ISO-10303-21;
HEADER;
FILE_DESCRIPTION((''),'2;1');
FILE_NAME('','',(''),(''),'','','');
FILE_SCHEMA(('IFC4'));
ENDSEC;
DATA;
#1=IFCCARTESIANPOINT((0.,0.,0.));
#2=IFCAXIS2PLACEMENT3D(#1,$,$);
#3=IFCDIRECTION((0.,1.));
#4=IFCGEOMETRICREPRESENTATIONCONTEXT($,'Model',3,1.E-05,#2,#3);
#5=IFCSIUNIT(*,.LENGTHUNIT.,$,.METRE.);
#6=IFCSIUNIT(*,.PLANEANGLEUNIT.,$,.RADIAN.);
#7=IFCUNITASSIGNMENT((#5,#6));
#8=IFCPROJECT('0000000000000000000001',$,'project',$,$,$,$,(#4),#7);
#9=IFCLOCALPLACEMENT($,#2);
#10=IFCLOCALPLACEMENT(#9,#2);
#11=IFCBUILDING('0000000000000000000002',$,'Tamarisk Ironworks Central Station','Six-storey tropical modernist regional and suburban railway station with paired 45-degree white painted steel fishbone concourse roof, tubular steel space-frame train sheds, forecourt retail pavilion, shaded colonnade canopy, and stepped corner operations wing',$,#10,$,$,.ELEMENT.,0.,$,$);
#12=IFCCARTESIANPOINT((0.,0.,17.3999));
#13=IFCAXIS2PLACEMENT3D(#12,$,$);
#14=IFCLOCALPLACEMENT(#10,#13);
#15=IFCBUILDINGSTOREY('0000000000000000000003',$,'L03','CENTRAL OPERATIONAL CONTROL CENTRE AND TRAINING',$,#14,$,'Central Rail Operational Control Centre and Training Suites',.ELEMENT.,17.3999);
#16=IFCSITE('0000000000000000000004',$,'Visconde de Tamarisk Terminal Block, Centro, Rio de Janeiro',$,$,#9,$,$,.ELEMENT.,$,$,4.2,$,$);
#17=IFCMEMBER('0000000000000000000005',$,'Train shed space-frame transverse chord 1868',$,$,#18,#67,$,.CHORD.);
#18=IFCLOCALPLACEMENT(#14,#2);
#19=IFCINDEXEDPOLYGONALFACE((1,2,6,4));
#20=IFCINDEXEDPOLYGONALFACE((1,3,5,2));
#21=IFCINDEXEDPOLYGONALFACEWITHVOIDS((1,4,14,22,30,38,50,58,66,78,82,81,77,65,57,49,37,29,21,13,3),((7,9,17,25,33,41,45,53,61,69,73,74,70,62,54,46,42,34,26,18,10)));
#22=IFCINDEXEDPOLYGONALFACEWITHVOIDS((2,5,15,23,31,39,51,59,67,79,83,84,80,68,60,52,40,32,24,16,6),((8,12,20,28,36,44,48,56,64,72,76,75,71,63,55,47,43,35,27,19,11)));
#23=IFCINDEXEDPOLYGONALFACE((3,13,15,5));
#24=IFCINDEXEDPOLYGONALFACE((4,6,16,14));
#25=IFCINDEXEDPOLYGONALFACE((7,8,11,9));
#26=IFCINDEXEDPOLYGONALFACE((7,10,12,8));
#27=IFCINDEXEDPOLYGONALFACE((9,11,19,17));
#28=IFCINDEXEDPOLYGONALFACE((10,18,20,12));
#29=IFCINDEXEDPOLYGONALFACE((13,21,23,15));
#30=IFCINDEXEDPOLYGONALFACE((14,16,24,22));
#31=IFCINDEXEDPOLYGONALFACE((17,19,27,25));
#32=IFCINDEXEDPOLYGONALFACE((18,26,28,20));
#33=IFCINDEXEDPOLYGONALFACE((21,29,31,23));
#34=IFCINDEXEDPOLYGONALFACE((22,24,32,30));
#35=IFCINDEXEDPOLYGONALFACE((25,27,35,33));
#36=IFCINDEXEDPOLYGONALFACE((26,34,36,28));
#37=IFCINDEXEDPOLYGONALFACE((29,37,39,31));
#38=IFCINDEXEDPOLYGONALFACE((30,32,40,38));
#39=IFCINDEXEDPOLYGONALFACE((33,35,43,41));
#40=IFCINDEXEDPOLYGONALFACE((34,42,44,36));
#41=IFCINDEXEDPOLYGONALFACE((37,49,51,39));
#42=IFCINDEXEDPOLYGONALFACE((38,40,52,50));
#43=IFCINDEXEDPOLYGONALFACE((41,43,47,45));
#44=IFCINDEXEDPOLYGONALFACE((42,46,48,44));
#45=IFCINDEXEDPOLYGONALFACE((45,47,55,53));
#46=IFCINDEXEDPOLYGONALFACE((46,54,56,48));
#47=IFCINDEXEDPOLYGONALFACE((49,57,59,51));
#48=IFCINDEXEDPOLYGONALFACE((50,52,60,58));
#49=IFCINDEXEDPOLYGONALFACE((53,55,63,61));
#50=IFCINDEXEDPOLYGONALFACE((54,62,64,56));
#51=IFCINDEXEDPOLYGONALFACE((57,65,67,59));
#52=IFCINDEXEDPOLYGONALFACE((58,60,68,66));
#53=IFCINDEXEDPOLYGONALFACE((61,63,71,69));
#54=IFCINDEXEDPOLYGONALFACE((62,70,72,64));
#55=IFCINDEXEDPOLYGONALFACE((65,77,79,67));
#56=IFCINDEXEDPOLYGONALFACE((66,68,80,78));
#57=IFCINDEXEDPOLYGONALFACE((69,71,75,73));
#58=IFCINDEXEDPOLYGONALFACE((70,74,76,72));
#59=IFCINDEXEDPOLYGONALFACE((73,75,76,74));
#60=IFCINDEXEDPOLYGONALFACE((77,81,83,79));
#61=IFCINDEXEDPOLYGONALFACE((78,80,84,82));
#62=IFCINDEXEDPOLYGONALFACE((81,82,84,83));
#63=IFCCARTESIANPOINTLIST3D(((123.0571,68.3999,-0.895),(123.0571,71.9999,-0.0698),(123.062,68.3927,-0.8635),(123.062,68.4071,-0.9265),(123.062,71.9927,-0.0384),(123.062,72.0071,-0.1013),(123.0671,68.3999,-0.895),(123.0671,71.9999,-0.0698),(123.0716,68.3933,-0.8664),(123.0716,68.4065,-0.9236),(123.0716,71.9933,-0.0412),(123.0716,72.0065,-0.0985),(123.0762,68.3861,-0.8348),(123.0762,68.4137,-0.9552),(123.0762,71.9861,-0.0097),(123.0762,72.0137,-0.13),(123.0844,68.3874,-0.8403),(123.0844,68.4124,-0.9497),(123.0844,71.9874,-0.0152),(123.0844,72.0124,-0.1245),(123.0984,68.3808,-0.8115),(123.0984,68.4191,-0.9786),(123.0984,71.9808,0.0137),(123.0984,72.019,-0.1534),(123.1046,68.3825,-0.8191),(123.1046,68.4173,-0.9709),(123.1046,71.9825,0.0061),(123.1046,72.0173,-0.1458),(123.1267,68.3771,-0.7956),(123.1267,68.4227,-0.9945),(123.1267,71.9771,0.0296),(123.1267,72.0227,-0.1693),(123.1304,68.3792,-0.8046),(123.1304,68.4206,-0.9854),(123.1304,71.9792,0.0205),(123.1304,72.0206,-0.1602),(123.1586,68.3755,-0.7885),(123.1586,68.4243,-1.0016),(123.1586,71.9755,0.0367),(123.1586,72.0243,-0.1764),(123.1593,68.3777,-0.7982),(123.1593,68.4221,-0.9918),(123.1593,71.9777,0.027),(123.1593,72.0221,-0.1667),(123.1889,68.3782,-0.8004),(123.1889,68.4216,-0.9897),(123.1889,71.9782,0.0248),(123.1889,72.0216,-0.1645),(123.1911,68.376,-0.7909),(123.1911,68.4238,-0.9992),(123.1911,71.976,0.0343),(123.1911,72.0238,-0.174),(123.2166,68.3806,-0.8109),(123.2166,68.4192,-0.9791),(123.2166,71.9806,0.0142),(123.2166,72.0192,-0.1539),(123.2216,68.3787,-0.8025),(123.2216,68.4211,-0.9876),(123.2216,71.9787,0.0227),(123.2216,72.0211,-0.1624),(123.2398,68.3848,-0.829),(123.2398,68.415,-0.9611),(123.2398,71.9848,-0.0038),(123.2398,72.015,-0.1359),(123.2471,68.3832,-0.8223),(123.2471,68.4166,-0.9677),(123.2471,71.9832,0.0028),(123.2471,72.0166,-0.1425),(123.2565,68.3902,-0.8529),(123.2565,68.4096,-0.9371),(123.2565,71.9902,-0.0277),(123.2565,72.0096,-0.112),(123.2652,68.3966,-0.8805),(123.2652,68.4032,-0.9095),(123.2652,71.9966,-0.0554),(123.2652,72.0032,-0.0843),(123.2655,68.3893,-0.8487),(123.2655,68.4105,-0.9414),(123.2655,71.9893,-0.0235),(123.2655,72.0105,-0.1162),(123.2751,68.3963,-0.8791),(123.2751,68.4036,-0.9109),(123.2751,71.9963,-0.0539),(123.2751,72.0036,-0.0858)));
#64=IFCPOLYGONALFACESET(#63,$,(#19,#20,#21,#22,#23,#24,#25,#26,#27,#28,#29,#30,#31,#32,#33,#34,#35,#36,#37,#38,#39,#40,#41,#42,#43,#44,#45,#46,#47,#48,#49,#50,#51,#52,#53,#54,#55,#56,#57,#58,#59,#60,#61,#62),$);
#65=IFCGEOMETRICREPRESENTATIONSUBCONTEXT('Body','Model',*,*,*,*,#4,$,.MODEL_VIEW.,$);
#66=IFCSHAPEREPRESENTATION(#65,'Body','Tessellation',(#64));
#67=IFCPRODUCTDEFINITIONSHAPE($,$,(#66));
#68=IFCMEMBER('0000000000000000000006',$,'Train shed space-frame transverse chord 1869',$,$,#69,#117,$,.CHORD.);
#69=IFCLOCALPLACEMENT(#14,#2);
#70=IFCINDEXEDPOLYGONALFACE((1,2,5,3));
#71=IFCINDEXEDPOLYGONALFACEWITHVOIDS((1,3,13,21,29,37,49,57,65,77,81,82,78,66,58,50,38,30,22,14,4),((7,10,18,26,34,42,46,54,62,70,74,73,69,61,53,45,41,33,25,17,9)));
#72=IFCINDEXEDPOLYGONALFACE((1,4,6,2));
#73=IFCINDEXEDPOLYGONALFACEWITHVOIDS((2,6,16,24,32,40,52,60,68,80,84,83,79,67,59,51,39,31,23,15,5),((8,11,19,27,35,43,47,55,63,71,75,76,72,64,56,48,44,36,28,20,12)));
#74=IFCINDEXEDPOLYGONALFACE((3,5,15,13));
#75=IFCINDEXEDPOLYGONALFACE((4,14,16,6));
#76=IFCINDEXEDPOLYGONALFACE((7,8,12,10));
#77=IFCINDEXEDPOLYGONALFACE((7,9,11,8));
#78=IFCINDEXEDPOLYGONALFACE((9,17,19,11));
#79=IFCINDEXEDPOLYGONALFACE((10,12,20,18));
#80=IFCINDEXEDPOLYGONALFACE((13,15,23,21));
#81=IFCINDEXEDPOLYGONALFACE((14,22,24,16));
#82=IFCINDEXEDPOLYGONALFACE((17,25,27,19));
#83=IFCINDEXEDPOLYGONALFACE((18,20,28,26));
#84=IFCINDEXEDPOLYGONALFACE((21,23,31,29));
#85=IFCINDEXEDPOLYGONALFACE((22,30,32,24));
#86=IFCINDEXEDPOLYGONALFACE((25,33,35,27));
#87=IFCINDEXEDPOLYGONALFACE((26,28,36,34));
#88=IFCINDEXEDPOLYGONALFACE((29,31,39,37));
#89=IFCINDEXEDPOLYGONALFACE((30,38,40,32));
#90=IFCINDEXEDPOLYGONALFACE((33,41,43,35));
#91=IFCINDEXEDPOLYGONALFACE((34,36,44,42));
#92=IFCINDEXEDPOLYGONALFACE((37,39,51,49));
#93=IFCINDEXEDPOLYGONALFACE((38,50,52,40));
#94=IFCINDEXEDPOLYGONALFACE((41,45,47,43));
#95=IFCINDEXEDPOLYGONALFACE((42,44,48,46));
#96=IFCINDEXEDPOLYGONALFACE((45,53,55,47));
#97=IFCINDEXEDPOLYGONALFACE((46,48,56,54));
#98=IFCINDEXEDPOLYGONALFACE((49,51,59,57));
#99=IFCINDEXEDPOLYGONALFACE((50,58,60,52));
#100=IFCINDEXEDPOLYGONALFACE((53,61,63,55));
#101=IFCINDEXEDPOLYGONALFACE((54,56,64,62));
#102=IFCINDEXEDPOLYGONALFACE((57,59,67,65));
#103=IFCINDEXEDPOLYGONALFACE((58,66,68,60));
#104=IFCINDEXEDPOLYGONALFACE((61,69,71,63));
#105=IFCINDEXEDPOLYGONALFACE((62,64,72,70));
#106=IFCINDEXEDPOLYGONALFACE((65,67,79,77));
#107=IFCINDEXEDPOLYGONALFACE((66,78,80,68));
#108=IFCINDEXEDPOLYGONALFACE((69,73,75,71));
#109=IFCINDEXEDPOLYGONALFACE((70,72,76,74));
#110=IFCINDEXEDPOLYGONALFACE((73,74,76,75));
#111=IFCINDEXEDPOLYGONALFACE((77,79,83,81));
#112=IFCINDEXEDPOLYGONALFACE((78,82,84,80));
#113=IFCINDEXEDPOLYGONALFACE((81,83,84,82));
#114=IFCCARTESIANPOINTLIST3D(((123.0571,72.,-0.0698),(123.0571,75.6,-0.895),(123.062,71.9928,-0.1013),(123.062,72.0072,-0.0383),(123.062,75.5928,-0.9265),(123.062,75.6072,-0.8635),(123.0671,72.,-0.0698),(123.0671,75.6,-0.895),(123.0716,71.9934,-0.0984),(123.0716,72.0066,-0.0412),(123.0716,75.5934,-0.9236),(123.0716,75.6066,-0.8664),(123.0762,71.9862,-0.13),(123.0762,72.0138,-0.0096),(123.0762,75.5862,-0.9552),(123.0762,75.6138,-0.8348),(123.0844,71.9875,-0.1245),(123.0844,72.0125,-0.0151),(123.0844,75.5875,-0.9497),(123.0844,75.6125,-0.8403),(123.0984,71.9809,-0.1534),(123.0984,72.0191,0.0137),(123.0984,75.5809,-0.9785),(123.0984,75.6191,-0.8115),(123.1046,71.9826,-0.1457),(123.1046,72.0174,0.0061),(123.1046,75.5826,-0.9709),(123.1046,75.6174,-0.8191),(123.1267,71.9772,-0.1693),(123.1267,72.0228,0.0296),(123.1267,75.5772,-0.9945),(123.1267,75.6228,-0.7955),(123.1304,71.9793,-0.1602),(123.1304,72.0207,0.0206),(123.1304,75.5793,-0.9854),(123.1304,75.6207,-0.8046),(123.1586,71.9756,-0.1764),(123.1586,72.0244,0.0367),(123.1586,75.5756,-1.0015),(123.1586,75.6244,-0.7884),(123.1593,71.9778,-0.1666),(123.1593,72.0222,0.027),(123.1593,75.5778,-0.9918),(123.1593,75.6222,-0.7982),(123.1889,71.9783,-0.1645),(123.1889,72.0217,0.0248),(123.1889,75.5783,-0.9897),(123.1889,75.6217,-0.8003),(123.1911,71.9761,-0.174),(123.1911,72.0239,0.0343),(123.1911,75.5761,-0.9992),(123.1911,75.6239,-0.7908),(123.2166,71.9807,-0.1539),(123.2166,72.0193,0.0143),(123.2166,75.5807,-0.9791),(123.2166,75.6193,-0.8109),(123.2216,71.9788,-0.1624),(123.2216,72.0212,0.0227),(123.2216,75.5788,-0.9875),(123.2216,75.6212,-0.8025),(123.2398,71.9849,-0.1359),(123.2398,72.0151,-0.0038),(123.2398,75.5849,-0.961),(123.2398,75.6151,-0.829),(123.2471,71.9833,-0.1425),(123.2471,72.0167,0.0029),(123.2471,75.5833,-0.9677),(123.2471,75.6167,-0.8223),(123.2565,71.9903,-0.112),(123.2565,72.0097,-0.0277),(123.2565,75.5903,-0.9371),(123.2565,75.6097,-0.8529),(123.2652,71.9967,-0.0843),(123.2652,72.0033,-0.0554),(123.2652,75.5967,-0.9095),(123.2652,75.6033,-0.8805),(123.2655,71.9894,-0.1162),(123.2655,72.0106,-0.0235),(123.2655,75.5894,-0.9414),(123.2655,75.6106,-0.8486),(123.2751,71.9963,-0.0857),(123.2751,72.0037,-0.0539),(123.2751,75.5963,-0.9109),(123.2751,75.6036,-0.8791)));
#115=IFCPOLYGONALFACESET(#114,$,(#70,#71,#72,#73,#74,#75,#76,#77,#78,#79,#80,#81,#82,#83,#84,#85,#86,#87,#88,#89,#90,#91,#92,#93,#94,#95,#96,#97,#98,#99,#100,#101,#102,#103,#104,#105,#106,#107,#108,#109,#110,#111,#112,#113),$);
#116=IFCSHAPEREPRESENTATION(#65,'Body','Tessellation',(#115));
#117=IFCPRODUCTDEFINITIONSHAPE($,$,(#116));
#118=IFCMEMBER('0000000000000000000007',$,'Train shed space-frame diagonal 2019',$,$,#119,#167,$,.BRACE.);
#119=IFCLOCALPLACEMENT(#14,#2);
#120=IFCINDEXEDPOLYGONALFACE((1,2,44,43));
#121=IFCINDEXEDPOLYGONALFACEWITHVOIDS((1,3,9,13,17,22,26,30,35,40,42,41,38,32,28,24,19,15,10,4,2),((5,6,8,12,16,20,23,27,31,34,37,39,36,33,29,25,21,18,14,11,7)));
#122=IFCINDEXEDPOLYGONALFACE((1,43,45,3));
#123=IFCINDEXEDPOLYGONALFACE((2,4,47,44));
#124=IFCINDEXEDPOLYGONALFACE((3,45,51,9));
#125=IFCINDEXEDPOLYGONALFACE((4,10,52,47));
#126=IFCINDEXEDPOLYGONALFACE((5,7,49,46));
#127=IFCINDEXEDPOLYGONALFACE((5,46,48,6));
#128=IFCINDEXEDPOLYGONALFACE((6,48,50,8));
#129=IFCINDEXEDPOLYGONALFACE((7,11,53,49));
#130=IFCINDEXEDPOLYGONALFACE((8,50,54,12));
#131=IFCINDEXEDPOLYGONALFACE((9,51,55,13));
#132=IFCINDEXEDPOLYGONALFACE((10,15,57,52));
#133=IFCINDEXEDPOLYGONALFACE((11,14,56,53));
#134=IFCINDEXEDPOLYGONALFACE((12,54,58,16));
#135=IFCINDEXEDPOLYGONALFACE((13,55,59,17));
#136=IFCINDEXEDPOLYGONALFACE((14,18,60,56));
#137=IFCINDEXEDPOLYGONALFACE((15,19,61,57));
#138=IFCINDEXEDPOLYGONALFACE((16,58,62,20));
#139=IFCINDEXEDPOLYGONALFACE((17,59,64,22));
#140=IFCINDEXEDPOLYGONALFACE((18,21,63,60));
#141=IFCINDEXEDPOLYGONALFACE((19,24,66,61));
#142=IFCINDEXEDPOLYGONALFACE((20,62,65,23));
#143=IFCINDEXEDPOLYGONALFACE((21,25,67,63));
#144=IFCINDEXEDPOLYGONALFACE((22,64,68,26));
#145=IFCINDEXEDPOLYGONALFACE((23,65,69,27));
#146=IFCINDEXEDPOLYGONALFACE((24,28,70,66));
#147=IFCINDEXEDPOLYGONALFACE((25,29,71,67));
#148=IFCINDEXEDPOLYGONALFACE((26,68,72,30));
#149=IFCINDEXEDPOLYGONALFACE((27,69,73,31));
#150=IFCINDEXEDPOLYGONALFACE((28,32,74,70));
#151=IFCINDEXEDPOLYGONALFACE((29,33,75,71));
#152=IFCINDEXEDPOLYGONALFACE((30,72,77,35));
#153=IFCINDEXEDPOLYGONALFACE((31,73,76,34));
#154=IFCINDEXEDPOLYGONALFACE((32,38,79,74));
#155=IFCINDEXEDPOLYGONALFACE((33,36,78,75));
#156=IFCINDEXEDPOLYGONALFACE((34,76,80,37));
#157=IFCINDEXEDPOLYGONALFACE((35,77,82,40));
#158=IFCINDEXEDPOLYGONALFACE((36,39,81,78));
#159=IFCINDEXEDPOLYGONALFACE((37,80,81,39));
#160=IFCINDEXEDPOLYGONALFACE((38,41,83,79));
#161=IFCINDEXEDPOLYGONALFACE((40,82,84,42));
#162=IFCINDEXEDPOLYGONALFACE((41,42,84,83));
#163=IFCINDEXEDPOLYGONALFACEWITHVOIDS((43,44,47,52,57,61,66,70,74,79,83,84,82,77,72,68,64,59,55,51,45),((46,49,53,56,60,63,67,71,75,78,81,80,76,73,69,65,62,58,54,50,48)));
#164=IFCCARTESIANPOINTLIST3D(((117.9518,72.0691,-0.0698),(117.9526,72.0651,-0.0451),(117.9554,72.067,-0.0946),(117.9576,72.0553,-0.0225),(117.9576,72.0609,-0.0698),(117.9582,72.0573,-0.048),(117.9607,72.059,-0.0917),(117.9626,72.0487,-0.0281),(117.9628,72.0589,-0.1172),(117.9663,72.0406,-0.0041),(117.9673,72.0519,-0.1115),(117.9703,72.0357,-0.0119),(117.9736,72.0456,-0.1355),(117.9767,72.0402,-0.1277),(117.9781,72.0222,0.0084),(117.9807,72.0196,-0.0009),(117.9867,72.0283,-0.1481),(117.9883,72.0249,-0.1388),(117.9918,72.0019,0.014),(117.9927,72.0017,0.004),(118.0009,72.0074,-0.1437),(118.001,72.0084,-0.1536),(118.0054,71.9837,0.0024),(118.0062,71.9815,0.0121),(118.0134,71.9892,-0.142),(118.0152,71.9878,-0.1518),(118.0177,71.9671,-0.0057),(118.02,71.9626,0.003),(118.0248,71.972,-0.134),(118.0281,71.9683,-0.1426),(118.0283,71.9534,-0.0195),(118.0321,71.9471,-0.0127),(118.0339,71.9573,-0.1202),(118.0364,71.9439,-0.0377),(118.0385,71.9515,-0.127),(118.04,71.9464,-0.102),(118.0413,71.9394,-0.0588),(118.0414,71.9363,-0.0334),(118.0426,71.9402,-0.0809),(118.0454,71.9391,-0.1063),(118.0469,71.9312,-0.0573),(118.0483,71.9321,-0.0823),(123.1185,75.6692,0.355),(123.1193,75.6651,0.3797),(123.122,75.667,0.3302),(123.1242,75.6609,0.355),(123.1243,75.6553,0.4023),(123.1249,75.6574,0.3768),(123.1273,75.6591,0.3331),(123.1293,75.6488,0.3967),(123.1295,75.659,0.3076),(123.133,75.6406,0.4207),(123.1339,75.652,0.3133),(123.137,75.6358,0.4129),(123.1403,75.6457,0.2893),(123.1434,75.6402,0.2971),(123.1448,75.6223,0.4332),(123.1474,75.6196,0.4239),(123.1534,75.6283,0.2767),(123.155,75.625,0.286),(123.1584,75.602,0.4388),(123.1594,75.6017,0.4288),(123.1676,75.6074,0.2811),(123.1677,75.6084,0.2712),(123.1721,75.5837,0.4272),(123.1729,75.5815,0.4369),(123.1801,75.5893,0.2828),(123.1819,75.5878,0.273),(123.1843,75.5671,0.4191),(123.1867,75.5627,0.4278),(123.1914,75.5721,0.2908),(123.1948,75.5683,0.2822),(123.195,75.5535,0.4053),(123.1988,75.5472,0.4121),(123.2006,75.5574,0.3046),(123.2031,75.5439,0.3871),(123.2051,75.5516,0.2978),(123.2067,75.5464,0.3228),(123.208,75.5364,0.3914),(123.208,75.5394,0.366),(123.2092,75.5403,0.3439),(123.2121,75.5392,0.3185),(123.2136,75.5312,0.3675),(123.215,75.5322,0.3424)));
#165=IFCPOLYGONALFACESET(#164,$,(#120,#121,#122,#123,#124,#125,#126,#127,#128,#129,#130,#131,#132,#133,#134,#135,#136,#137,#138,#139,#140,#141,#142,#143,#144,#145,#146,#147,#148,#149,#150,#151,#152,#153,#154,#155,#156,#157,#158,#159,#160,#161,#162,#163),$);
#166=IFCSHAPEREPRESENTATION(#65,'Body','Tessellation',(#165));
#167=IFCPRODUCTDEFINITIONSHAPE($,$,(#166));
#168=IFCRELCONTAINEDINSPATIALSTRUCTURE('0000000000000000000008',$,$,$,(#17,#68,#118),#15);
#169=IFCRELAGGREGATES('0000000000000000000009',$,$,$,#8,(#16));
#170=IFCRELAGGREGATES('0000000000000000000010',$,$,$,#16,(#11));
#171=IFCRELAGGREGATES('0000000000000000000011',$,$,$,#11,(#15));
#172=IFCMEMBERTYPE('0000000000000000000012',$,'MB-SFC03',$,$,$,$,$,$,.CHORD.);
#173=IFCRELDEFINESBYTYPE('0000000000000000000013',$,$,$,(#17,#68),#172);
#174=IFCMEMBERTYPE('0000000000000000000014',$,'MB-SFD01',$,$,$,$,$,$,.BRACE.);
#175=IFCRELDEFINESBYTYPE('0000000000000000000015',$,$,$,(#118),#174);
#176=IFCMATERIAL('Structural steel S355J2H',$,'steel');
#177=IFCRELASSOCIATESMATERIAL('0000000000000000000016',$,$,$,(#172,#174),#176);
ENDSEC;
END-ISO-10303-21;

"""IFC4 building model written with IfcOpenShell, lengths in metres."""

from ifc_helpers import new_model, si_unit, direction, frame, origin, origin_2d, place, context, subcontext, project, spatial, hollow_circle, extrude, material, material_profile, profile_set, type_object, element, save


model = new_model("IFC4")

# Units and contexts
model_context = context("Model", 3, precision=1e-05, world=origin(), true_north=direction((0.0, 1.0)))
body_context = subcontext(model_context, "Body", "Model", "MODEL_VIEW")
ifc_project = project(units=[si_unit("LENGTHUNIT", "METRE"), si_unit("PLANEANGLEUNIT", "RADIAN")], contexts=[model_context])

# Site, building, storey
site_placement = place(None, origin())
site = spatial("IfcSite", under=ifc_project, at=site_placement, Name="Visconde de Tamarisk Terminal Block, Centro, Rio de Janeiro", CompositionType="ELEMENT", RefElevation=4.2)
building_placement = place(site_placement, origin())
building = spatial("IfcBuilding", under=site, at=building_placement, Name="Tamarisk Ironworks Central Station", Description="Six-storey tropical modernist regional and suburban railway station with paired 45-degree white painted steel fishbone concourse roof, tubular steel space-frame train sheds, forecourt retail pavilion, shaded colonnade canopy, and stepped corner operations wing", CompositionType="ELEMENT", ElevationOfRefHeight=0.0)
storey_placement = place(building_placement, frame((0.0, 0.0, 17.3999)))
storey = spatial("IfcBuildingStorey", under=building, at=storey_placement, Name="L03", Description="CENTRAL OPERATIONAL CONTROL CENTRE AND TRAINING", LongName="Central Rail Operational Control Centre and Training Suites", CompositionType="ELEMENT", Elevation=17.3999)

# Members
ifc_material_1 = material(Name="Structural steel S355J2H", Category="steel")
ifc_material_profile_1 = material_profile(ifc_material_1, hollow_circle(Radius=0.1096, WallThickness=0.01, at=origin_2d()), Name="CHS 219.1x10")
ifc_profile_set_1 = profile_set([ifc_material_profile_1], Name="Structural steel S355J2H")
member_type_1 = type_object("IfcMemberType", Name="MB-SFC03", PredefinedType="CHORD", material=ifc_profile_set_1)
for number, where, z_axis, x_axis, name in (
    (1, (123.1667, 68.3999, -0.895), (0.0, 0.974722, 0.223421), (-1.0, 0.0, 0.0), "Train shed space-frame transverse chord 1868"),
    (2, (123.1667, 72.0, -0.0698), (0.0, 0.974722, -0.223421), (-1.0, 0.0, 0.0), "Train shed space-frame transverse chord 1869"),
):
    element("IfcMember", number, at=place(storey_placement, frame(where, z_axis=z_axis, x_axis=x_axis)), inside=storey, type_object=member_type_1, Name=name, PredefinedType="CHORD", context=body_context, shape_type="SweptSolid", body=[
        extrude(hollow_circle(Radius=0.1096, WallThickness=0.01, at=origin_2d()), origin(), (0.0, 0.0, 1.0), 3.6934),
    ])
ifc_material_profile_2 = material_profile(ifc_material_1, hollow_circle(Radius=0.0842, WallThickness=0.01, at=origin_2d()), Name="CHS 168.3x10")
ifc_profile_set_2 = profile_set([ifc_material_profile_2], Name="Structural steel S355J2H")
member_type_2 = type_object("IfcMemberType", Name="MB-SFD01", PredefinedType="BRACE", material=ifc_profile_set_2)
member_1_placement = place(storey_placement, frame((118.0, 72.0, -0.0698), z_axis=(0.81861, 0.570393, 0.067305), x_axis=(-0.571689, 0.82047, 0.0)))
element("IfcMember", 3, at=member_1_placement, inside=storey, type_object=member_type_2, Name="Train shed space-frame diagonal 2019", PredefinedType="BRACE", context=body_context, shape_type="SweptSolid", body=[
    extrude(hollow_circle(Radius=0.0842, WallThickness=0.01, at=origin_2d()), origin(), (0.0, 0.0, 1.0), 6.3115),
])

save(model, "model.ifc")
